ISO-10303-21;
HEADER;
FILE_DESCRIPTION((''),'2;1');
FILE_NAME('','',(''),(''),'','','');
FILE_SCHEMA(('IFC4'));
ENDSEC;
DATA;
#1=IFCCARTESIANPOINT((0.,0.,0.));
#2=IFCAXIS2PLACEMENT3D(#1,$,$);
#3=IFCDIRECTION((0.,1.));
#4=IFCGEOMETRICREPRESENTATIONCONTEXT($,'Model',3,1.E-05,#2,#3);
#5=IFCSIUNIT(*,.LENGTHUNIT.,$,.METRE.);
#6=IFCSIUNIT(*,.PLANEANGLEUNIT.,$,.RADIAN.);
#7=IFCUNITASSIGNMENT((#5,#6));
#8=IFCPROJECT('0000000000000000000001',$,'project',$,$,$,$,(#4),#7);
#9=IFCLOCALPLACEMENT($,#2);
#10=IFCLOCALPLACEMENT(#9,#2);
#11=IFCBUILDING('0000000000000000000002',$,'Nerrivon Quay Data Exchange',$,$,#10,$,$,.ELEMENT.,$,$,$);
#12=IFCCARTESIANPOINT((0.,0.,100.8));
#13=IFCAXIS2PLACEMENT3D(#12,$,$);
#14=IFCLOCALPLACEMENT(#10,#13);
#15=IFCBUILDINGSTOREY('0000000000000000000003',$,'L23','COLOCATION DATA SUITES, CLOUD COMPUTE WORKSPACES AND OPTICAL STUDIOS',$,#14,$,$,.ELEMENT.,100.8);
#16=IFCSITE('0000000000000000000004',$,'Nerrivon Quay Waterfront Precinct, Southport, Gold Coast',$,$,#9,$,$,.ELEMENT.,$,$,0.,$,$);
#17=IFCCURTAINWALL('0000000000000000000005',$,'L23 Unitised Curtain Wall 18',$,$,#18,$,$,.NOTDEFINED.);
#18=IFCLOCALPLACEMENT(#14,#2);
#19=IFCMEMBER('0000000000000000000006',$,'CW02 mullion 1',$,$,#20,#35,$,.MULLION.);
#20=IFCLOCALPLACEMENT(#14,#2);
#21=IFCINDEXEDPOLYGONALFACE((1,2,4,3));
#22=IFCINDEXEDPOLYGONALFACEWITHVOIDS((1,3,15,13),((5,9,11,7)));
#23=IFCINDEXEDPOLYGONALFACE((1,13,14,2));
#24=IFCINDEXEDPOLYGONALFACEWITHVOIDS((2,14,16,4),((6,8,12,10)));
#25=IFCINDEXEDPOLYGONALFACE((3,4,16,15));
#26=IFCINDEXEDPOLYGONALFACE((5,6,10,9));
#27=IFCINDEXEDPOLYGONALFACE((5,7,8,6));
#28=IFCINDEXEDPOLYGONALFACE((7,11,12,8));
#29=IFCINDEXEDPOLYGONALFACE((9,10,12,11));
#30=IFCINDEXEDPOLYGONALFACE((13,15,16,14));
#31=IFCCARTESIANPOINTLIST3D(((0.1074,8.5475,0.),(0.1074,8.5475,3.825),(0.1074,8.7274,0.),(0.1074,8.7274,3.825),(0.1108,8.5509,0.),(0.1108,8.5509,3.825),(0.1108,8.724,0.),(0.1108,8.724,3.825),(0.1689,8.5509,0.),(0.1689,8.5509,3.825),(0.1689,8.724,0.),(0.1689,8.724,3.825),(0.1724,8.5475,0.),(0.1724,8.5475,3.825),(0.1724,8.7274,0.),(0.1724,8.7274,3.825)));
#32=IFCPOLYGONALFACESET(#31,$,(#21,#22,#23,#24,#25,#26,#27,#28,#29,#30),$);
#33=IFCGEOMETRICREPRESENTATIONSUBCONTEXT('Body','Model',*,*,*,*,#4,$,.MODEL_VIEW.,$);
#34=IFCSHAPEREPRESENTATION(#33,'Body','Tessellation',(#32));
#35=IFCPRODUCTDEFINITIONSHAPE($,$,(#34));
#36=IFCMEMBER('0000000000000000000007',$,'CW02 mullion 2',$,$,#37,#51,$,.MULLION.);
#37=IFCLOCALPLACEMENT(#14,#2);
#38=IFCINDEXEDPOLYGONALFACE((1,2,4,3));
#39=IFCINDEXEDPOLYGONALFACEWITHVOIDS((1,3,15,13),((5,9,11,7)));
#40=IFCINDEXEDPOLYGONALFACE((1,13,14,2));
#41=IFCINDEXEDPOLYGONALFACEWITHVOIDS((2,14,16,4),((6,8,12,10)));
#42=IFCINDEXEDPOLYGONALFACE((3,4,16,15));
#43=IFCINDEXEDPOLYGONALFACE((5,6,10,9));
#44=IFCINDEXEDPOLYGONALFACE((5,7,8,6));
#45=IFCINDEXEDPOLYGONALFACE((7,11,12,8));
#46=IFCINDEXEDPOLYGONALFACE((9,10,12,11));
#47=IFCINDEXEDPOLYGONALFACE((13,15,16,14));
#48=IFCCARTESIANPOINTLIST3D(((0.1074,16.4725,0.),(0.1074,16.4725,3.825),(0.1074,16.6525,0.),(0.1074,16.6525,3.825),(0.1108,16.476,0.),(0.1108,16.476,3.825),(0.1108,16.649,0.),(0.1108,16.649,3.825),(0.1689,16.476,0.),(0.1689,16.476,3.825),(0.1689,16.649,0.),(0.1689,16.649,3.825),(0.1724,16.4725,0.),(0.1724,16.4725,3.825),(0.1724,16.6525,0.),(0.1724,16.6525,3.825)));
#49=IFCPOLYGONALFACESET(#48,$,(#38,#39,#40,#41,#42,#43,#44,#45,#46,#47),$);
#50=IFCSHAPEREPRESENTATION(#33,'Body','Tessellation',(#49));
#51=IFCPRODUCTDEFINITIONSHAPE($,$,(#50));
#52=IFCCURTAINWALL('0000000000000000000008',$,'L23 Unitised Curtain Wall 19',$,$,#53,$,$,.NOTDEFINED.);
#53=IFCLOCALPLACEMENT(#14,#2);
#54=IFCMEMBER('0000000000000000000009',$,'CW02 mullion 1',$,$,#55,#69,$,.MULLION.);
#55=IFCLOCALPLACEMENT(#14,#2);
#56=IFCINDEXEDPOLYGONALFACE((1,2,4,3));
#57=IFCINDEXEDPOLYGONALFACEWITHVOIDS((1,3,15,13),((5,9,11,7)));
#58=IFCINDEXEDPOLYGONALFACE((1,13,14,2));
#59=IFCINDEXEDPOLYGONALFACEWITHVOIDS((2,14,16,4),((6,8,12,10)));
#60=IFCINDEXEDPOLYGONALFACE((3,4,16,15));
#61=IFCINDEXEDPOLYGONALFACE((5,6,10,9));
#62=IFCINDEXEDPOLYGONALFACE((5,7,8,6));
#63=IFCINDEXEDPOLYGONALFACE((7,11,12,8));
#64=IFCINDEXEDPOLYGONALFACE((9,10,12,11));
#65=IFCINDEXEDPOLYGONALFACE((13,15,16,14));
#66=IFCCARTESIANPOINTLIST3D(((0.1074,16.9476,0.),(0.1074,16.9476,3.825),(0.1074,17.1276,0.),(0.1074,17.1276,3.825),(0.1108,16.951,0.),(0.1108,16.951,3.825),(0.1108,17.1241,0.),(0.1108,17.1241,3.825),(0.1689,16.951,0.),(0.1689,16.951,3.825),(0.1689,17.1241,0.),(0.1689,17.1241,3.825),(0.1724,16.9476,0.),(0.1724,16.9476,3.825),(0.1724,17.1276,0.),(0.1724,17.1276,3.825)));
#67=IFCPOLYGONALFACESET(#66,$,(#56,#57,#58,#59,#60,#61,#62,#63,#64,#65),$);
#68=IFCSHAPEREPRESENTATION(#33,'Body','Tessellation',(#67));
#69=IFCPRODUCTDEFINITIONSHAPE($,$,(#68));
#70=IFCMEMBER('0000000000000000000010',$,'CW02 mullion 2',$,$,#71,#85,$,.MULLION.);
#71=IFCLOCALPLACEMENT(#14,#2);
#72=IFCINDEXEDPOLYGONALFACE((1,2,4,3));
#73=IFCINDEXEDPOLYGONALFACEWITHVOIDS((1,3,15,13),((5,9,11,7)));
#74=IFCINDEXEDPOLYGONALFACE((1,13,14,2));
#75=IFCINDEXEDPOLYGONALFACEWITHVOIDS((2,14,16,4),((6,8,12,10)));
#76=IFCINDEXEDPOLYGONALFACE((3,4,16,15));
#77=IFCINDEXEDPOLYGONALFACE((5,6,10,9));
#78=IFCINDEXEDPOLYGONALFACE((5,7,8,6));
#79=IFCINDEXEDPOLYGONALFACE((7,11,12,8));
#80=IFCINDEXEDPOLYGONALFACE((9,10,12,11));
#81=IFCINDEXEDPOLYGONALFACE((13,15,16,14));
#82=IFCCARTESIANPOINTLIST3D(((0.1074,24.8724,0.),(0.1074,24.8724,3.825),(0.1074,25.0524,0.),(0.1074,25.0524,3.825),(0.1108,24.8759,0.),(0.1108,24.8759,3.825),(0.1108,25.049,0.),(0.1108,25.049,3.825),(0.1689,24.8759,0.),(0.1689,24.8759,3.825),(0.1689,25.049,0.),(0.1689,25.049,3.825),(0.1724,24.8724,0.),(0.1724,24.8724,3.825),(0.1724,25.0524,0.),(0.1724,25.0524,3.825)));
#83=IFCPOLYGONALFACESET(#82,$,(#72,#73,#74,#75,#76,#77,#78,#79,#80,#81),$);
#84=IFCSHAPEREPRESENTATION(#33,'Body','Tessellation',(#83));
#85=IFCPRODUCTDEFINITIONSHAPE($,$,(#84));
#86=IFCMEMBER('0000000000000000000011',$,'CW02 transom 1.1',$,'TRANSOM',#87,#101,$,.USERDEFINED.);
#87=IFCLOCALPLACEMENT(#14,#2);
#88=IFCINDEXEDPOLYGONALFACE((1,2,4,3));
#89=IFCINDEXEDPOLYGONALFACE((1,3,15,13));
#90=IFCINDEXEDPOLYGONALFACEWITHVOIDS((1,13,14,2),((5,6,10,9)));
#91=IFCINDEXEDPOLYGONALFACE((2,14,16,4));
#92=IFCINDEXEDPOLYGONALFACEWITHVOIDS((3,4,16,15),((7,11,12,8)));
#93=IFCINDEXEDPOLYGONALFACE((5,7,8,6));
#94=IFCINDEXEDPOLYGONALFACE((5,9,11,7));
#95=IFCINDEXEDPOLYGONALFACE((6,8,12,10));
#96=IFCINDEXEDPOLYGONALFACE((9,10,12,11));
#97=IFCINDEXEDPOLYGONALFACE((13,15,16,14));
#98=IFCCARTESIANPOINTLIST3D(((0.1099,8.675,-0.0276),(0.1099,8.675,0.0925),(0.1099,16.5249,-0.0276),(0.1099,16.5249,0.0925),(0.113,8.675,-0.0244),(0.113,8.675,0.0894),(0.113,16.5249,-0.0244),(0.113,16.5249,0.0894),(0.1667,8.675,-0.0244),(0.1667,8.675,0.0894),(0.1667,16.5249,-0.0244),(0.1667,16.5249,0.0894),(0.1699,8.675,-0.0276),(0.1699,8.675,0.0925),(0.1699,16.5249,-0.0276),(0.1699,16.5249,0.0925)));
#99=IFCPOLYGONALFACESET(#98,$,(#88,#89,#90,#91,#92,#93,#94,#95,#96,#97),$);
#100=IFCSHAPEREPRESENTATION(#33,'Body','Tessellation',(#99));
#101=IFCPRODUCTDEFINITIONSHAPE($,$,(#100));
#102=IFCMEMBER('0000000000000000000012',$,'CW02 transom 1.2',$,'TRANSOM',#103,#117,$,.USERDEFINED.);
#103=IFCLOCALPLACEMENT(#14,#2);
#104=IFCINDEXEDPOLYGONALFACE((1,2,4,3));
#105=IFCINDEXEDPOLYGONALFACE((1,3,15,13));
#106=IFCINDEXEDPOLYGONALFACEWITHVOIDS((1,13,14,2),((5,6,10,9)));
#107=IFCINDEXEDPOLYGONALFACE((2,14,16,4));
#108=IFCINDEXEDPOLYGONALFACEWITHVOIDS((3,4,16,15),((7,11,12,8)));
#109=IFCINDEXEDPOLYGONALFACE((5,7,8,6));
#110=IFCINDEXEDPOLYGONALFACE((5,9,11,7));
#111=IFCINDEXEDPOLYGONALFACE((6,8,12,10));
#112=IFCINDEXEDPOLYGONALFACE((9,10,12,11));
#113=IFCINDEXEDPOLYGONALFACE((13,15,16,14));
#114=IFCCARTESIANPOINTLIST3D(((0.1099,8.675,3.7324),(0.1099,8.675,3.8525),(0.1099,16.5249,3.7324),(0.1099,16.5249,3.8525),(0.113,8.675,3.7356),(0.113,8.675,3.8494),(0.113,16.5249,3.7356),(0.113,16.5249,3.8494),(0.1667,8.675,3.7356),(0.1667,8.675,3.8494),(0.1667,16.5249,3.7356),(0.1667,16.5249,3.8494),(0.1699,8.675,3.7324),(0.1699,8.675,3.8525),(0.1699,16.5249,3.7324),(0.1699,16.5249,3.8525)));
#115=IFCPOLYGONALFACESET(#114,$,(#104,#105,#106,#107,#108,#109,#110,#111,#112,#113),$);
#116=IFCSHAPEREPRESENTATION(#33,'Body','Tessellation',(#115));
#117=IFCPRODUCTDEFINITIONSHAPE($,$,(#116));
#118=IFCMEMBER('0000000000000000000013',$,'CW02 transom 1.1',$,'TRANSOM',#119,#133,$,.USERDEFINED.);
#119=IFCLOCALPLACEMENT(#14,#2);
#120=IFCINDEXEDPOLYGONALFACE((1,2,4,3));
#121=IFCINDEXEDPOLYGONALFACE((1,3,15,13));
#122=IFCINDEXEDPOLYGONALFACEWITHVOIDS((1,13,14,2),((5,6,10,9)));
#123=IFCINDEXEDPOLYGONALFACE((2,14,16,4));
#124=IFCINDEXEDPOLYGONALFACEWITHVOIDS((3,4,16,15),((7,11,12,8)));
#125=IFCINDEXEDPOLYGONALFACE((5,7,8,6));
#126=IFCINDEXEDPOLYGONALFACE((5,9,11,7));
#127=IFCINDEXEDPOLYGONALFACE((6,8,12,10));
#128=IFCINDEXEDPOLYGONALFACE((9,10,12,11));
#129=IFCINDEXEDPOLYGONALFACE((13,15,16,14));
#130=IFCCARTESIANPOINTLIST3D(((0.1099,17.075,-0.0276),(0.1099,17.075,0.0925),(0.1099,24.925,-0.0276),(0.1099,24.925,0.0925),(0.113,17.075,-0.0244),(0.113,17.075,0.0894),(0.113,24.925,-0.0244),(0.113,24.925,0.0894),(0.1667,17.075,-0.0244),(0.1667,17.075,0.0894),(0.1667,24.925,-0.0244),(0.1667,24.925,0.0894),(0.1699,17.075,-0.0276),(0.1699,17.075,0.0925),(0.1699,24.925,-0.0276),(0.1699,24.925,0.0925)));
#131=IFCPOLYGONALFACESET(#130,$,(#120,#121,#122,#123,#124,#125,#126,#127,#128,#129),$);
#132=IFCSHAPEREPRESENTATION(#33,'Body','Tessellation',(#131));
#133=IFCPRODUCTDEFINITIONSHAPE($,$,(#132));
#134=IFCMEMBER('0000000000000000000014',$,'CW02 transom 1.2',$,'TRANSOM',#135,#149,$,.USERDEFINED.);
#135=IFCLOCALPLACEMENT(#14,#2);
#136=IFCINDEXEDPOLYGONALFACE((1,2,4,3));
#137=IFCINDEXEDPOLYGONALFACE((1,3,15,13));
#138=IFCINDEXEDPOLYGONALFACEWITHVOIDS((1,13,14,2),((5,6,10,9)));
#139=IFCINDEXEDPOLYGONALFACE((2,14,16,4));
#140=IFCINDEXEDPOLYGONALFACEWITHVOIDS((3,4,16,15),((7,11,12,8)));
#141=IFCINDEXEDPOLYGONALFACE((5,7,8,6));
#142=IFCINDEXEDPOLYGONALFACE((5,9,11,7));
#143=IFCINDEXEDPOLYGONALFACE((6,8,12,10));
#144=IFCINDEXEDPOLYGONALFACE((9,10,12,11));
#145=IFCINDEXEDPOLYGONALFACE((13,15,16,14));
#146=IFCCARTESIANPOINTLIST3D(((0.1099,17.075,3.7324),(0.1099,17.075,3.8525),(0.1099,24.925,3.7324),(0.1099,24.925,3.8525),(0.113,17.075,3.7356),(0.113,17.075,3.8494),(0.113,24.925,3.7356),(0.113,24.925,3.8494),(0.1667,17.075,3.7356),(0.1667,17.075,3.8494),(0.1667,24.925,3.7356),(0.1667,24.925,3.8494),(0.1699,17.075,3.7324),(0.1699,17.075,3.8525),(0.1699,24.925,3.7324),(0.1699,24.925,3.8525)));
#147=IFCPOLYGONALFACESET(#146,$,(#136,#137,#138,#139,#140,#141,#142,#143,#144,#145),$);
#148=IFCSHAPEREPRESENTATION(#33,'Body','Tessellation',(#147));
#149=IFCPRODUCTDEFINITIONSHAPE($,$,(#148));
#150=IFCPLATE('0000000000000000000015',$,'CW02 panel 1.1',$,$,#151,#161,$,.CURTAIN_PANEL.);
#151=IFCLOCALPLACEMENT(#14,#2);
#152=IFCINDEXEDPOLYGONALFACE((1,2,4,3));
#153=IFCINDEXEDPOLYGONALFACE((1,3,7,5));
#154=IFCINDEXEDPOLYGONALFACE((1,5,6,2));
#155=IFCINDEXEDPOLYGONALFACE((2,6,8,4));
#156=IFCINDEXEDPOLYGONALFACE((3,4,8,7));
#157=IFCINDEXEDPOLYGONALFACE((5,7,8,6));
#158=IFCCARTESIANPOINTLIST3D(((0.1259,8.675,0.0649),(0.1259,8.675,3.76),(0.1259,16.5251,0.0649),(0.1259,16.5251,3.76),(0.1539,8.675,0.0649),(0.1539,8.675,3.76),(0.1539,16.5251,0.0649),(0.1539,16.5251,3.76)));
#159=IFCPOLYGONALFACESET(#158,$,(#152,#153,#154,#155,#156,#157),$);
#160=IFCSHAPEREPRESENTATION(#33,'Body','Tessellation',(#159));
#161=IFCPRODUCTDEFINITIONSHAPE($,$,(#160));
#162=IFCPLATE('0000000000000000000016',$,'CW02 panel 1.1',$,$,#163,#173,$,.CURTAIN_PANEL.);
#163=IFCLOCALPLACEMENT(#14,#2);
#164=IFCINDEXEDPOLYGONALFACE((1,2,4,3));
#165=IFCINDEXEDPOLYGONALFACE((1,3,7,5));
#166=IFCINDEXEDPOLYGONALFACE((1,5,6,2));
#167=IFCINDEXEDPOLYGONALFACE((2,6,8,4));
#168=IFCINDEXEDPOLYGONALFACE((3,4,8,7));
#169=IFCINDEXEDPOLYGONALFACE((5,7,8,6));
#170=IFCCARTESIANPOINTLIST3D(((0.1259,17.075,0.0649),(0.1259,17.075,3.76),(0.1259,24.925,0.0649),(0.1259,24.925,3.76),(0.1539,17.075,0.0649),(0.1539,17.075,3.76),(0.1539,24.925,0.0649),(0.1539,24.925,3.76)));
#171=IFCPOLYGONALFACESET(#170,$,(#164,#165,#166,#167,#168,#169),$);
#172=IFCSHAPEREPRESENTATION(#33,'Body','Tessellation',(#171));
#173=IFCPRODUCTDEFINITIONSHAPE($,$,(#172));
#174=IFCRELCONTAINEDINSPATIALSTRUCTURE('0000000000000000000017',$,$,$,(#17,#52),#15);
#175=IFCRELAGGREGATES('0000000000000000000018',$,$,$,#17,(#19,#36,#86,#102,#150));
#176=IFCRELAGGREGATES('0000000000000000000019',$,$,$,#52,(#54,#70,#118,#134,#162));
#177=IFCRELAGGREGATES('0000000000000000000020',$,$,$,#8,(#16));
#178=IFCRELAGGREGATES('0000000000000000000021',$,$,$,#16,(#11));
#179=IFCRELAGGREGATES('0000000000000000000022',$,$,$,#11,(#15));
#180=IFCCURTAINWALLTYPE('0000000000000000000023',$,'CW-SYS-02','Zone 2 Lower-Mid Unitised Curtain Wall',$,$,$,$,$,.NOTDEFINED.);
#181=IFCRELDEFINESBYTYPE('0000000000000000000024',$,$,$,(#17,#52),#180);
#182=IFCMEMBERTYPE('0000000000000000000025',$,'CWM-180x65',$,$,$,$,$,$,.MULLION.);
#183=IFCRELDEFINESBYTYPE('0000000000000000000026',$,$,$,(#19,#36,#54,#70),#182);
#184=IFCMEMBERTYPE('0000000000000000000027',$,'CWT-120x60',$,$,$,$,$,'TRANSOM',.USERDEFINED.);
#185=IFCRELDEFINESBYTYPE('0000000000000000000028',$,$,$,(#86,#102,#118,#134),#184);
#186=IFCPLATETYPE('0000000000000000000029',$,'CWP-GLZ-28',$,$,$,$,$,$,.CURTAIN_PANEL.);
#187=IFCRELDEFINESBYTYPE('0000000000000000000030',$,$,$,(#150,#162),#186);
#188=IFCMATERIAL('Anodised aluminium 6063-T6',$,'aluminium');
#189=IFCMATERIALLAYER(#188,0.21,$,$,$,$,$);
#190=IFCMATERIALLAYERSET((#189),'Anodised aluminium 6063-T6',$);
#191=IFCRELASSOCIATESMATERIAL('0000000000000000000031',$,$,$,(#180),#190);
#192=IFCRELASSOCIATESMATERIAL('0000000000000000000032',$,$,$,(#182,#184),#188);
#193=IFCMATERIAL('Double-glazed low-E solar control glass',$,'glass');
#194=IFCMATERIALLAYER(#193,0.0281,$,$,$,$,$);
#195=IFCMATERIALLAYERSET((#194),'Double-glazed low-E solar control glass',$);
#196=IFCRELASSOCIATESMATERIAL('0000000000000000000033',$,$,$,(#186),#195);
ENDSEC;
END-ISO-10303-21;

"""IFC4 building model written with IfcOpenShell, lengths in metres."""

from ifc_helpers import new_model, si_unit, direction, frame, origin, origin_2d, place, context, subcontext, project, spatial, rectangle, hollow_rectangle, extrude, material, layer, layer_set, material_profile, profile_set, type_object, element, aggregate, save


model = new_model("IFC4")

# Units and contexts
model_context = context("Model", 3, precision=1e-05, world=origin(), true_north=direction((0.0, 1.0)))
body_context = subcontext(model_context, "Body", "Model", "MODEL_VIEW")
ifc_project = project(units=[si_unit("LENGTHUNIT", "METRE"), si_unit("PLANEANGLEUNIT", "RADIAN")], contexts=[model_context])

# Site, building, storey
site_placement = place(None, origin())
site = spatial("IfcSite", under=ifc_project, at=site_placement, Name="Nerrivon Quay Waterfront Precinct, Southport, Gold Coast", CompositionType="ELEMENT", RefElevation=0.0)
building_placement = place(site_placement, origin())
building = spatial("IfcBuilding", under=site, at=building_placement, Name="Nerrivon Quay Data Exchange", CompositionType="ELEMENT")
storey_placement = place(building_placement, frame((0.0, 0.0, 100.8)))
storey = spatial("IfcBuildingStorey", under=building, at=storey_placement, Name="L23", Description="COLOCATION DATA SUITES, CLOUD COMPUTE WORKSPACES AND OPTICAL STUDIOS", CompositionType="ELEMENT", Elevation=100.8)

# Curtain walls, members
ifc_material_1 = material(Name="Anodised aluminium 6063-T6", Category="aluminium")
ifc_layer_1 = layer(ifc_material_1, 0.21)
ifc_layer_set_1 = layer_set([ifc_layer_1], Name="Anodised aluminium 6063-T6")
curtain_wall_type = type_object("IfcCurtainWallType", Name="CW-SYS-02", Description="Zone 2 Lower-Mid Unitised Curtain Wall", PredefinedType="NOTDEFINED", material=ifc_layer_set_1)
curtain_wall_1_placement = place(storey_placement, origin())
curtain_wall_1 = element("IfcCurtainWall", 1, at=curtain_wall_1_placement, inside=storey, type_object=curtain_wall_type, Name="L23 Unitised Curtain Wall 18", PredefinedType="NOTDEFINED")
ifc_material_profile_1 = material_profile(ifc_material_1, hollow_rectangle(XDim=0.0649, YDim=0.1799, WallThickness=0.0034, at=origin_2d()), Name="ALU-MULL-180x65")
ifc_profile_set_1 = profile_set([ifc_material_profile_1], Name="Anodised aluminium 6063-T6")
member_type_1 = type_object("IfcMemberType", Name="CWM-180x65", PredefinedType="MULLION", material=ifc_profile_set_1)
member_1_placement = place(storey_placement, frame((0.1399, 8.6375, 0.0), z_axis=(0.0, 0.0, 1.0), x_axis=(-1.0, 0.0, 0.0)))
member_1 = element("IfcMember", 2, at=member_1_placement, type_object=member_type_1, Name="CW02 mullion 1", PredefinedType="MULLION", context=body_context, shape_type="SweptSolid", body=[
    extrude(hollow_rectangle(XDim=0.0649, YDim=0.1799, WallThickness=0.0034, at=origin_2d()), origin(), (0.0, 0.0, 1.0), 3.825),
])
member_2_placement = place(storey_placement, frame((0.1399, 16.5625, 0.0), z_axis=(0.0, 0.0, 1.0), x_axis=(-1.0, 0.0, 0.0)))
member_2 = element("IfcMember", 3, at=member_2_placement, type_object=member_type_1, Name="CW02 mullion 2", PredefinedType="MULLION", context=body_context, shape_type="SweptSolid", body=[
    extrude(hollow_rectangle(XDim=0.0649, YDim=0.1799, WallThickness=0.0034, at=origin_2d()), origin(), (0.0, 0.0, 1.0), 3.825),
])
curtain_wall_2_placement = place(storey_placement, origin())
curtain_wall_2 = element("IfcCurtainWall", 4, at=curtain_wall_2_placement, inside=storey, type_object=curtain_wall_type, Name="L23 Unitised Curtain Wall 19", PredefinedType="NOTDEFINED")
member_3_placement = place(storey_placement, frame((0.1399, 17.0376, 0.0), z_axis=(0.0, 0.0, 1.0), x_axis=(-1.0, 0.0, 0.0)))
member_3 = element("IfcMember", 5, at=member_3_placement, type_object=member_type_1, Name="CW02 mullion 1", PredefinedType="MULLION", context=body_context, shape_type="SweptSolid", body=[
    extrude(hollow_rectangle(XDim=0.0649, YDim=0.1799, WallThickness=0.0034, at=origin_2d()), origin(), (0.0, 0.0, 1.0), 3.825),
])
member_4_placement = place(storey_placement, frame((0.1399, 24.9624, 0.0), z_axis=(0.0, 0.0, 1.0), x_axis=(-1.0, 0.0, 0.0)))
member_4 = element("IfcMember", 6, at=member_4_placement, type_object=member_type_1, Name="CW02 mullion 2", PredefinedType="MULLION", context=body_context, shape_type="SweptSolid", body=[
    extrude(hollow_rectangle(XDim=0.0649, YDim=0.1799, WallThickness=0.0034, at=origin_2d()), origin(), (0.0, 0.0, 1.0), 3.825),
])

# Members
ifc_material_profile_2 = material_profile(ifc_material_1, hollow_rectangle(XDim=0.0601, YDim=0.1201, WallThickness=0.0032, at=origin_2d()), Name="ALU-TRAN-120x60")
ifc_profile_set_2 = profile_set([ifc_material_profile_2], Name="Anodised aluminium 6063-T6")
member_type_2 = type_object("IfcMemberType", Name="CWT-120x60", ElementType="TRANSOM", PredefinedType="USERDEFINED", material=ifc_profile_set_2)
member_5_placement = place(storey_placement, frame((0.1399, 8.675, 0.0325), z_axis=(0.0, 1.0, 0.0), x_axis=(-1.0, 0.0, 0.0)))
member_5 = element("IfcMember", 7, at=member_5_placement, type_object=member_type_2, Name="CW02 transom 1.1", ObjectType="TRANSOM", PredefinedType="USERDEFINED", context=body_context, shape_type="SweptSolid", body=[
    extrude(hollow_rectangle(XDim=0.0601, YDim=0.1201, WallThickness=0.0032, at=origin_2d()), origin(), (0.0, 0.0, 1.0), 7.8499),
])
member_6_placement = place(storey_placement, frame((0.1399, 8.675, 3.7925), z_axis=(0.0, 1.0, 0.0), x_axis=(-1.0, 0.0, 0.0)))
member_6 = element("IfcMember", 8, at=member_6_placement, type_object=member_type_2, Name="CW02 transom 1.2", ObjectType="TRANSOM", PredefinedType="USERDEFINED", context=body_context, shape_type="SweptSolid", body=[
    extrude(hollow_rectangle(XDim=0.0601, YDim=0.1201, WallThickness=0.0032, at=origin_2d()), origin(), (0.0, 0.0, 1.0), 7.8499),
])
member_7_placement = place(storey_placement, frame((0.1399, 17.075, 0.0325), z_axis=(0.0, 1.0, 0.0), x_axis=(-1.0, 0.0, 0.0)))
member_7 = element("IfcMember", 9, at=member_7_placement, type_object=member_type_2, Name="CW02 transom 1.1", ObjectType="TRANSOM", PredefinedType="USERDEFINED", context=body_context, shape_type="SweptSolid", body=[
    extrude(hollow_rectangle(XDim=0.0601, YDim=0.1201, WallThickness=0.0032, at=origin_2d()), origin(), (0.0, 0.0, 1.0), 7.8501),
])
member_8_placement = place(storey_placement, frame((0.1399, 17.075, 3.7925), z_axis=(0.0, 1.0, 0.0), x_axis=(-1.0, 0.0, 0.0)))
member_8 = element("IfcMember", 10, at=member_8_placement, type_object=member_type_2, Name="CW02 transom 1.2", ObjectType="TRANSOM", PredefinedType="USERDEFINED", context=body_context, shape_type="SweptSolid", body=[
    extrude(hollow_rectangle(XDim=0.0601, YDim=0.1201, WallThickness=0.0032, at=origin_2d()), origin(), (0.0, 0.0, 1.0), 7.8501),
])

# Plates
ifc_material_2 = material(Name="Double-glazed low-E solar control glass", Category="glass")
ifc_layer_2 = layer(ifc_material_2, 0.0281)
ifc_layer_set_2 = layer_set([ifc_layer_2], Name="Double-glazed low-E solar control glass")
plate_type = type_object("IfcPlateType", Name="CWP-GLZ-28", PredefinedType="CURTAIN_PANEL", material=ifc_layer_set_2)
plate_1_placement = place(storey_placement, frame((0.1399, 12.6001, 0.0649), z_axis=(0.0, 0.0, 1.0), x_axis=(0.0, 1.0, 0.0)))
plate_1 = element("IfcPlate", 11, at=plate_1_placement, type_object=plate_type, Name="CW02 panel 1.1", PredefinedType="CURTAIN_PANEL", context=body_context, shape_type="SweptSolid", body=[
    extrude(rectangle(XDim=7.8501, YDim=0.0281, at=origin_2d()), origin(), (0.0, 0.0, 1.0), 3.6951),
])
aggregate(curtain_wall_1, [member_1, member_2, member_5, member_6, plate_1])
plate_2_placement = place(storey_placement, frame((0.1399, 21.0, 0.0649), z_axis=(0.0, 0.0, 1.0), x_axis=(0.0, 1.0, 0.0)))
plate_2 = element("IfcPlate", 12, at=plate_2_placement, type_object=plate_type, Name="CW02 panel 1.1", PredefinedType="CURTAIN_PANEL", context=body_context, shape_type="SweptSolid", body=[
    extrude(rectangle(XDim=7.8501, YDim=0.0281, at=origin_2d()), origin(), (0.0, 0.0, 1.0), 3.6951),
])
aggregate(curtain_wall_2, [member_3, member_4, member_7, member_8, plate_2])

save(model, "model.ifc")
